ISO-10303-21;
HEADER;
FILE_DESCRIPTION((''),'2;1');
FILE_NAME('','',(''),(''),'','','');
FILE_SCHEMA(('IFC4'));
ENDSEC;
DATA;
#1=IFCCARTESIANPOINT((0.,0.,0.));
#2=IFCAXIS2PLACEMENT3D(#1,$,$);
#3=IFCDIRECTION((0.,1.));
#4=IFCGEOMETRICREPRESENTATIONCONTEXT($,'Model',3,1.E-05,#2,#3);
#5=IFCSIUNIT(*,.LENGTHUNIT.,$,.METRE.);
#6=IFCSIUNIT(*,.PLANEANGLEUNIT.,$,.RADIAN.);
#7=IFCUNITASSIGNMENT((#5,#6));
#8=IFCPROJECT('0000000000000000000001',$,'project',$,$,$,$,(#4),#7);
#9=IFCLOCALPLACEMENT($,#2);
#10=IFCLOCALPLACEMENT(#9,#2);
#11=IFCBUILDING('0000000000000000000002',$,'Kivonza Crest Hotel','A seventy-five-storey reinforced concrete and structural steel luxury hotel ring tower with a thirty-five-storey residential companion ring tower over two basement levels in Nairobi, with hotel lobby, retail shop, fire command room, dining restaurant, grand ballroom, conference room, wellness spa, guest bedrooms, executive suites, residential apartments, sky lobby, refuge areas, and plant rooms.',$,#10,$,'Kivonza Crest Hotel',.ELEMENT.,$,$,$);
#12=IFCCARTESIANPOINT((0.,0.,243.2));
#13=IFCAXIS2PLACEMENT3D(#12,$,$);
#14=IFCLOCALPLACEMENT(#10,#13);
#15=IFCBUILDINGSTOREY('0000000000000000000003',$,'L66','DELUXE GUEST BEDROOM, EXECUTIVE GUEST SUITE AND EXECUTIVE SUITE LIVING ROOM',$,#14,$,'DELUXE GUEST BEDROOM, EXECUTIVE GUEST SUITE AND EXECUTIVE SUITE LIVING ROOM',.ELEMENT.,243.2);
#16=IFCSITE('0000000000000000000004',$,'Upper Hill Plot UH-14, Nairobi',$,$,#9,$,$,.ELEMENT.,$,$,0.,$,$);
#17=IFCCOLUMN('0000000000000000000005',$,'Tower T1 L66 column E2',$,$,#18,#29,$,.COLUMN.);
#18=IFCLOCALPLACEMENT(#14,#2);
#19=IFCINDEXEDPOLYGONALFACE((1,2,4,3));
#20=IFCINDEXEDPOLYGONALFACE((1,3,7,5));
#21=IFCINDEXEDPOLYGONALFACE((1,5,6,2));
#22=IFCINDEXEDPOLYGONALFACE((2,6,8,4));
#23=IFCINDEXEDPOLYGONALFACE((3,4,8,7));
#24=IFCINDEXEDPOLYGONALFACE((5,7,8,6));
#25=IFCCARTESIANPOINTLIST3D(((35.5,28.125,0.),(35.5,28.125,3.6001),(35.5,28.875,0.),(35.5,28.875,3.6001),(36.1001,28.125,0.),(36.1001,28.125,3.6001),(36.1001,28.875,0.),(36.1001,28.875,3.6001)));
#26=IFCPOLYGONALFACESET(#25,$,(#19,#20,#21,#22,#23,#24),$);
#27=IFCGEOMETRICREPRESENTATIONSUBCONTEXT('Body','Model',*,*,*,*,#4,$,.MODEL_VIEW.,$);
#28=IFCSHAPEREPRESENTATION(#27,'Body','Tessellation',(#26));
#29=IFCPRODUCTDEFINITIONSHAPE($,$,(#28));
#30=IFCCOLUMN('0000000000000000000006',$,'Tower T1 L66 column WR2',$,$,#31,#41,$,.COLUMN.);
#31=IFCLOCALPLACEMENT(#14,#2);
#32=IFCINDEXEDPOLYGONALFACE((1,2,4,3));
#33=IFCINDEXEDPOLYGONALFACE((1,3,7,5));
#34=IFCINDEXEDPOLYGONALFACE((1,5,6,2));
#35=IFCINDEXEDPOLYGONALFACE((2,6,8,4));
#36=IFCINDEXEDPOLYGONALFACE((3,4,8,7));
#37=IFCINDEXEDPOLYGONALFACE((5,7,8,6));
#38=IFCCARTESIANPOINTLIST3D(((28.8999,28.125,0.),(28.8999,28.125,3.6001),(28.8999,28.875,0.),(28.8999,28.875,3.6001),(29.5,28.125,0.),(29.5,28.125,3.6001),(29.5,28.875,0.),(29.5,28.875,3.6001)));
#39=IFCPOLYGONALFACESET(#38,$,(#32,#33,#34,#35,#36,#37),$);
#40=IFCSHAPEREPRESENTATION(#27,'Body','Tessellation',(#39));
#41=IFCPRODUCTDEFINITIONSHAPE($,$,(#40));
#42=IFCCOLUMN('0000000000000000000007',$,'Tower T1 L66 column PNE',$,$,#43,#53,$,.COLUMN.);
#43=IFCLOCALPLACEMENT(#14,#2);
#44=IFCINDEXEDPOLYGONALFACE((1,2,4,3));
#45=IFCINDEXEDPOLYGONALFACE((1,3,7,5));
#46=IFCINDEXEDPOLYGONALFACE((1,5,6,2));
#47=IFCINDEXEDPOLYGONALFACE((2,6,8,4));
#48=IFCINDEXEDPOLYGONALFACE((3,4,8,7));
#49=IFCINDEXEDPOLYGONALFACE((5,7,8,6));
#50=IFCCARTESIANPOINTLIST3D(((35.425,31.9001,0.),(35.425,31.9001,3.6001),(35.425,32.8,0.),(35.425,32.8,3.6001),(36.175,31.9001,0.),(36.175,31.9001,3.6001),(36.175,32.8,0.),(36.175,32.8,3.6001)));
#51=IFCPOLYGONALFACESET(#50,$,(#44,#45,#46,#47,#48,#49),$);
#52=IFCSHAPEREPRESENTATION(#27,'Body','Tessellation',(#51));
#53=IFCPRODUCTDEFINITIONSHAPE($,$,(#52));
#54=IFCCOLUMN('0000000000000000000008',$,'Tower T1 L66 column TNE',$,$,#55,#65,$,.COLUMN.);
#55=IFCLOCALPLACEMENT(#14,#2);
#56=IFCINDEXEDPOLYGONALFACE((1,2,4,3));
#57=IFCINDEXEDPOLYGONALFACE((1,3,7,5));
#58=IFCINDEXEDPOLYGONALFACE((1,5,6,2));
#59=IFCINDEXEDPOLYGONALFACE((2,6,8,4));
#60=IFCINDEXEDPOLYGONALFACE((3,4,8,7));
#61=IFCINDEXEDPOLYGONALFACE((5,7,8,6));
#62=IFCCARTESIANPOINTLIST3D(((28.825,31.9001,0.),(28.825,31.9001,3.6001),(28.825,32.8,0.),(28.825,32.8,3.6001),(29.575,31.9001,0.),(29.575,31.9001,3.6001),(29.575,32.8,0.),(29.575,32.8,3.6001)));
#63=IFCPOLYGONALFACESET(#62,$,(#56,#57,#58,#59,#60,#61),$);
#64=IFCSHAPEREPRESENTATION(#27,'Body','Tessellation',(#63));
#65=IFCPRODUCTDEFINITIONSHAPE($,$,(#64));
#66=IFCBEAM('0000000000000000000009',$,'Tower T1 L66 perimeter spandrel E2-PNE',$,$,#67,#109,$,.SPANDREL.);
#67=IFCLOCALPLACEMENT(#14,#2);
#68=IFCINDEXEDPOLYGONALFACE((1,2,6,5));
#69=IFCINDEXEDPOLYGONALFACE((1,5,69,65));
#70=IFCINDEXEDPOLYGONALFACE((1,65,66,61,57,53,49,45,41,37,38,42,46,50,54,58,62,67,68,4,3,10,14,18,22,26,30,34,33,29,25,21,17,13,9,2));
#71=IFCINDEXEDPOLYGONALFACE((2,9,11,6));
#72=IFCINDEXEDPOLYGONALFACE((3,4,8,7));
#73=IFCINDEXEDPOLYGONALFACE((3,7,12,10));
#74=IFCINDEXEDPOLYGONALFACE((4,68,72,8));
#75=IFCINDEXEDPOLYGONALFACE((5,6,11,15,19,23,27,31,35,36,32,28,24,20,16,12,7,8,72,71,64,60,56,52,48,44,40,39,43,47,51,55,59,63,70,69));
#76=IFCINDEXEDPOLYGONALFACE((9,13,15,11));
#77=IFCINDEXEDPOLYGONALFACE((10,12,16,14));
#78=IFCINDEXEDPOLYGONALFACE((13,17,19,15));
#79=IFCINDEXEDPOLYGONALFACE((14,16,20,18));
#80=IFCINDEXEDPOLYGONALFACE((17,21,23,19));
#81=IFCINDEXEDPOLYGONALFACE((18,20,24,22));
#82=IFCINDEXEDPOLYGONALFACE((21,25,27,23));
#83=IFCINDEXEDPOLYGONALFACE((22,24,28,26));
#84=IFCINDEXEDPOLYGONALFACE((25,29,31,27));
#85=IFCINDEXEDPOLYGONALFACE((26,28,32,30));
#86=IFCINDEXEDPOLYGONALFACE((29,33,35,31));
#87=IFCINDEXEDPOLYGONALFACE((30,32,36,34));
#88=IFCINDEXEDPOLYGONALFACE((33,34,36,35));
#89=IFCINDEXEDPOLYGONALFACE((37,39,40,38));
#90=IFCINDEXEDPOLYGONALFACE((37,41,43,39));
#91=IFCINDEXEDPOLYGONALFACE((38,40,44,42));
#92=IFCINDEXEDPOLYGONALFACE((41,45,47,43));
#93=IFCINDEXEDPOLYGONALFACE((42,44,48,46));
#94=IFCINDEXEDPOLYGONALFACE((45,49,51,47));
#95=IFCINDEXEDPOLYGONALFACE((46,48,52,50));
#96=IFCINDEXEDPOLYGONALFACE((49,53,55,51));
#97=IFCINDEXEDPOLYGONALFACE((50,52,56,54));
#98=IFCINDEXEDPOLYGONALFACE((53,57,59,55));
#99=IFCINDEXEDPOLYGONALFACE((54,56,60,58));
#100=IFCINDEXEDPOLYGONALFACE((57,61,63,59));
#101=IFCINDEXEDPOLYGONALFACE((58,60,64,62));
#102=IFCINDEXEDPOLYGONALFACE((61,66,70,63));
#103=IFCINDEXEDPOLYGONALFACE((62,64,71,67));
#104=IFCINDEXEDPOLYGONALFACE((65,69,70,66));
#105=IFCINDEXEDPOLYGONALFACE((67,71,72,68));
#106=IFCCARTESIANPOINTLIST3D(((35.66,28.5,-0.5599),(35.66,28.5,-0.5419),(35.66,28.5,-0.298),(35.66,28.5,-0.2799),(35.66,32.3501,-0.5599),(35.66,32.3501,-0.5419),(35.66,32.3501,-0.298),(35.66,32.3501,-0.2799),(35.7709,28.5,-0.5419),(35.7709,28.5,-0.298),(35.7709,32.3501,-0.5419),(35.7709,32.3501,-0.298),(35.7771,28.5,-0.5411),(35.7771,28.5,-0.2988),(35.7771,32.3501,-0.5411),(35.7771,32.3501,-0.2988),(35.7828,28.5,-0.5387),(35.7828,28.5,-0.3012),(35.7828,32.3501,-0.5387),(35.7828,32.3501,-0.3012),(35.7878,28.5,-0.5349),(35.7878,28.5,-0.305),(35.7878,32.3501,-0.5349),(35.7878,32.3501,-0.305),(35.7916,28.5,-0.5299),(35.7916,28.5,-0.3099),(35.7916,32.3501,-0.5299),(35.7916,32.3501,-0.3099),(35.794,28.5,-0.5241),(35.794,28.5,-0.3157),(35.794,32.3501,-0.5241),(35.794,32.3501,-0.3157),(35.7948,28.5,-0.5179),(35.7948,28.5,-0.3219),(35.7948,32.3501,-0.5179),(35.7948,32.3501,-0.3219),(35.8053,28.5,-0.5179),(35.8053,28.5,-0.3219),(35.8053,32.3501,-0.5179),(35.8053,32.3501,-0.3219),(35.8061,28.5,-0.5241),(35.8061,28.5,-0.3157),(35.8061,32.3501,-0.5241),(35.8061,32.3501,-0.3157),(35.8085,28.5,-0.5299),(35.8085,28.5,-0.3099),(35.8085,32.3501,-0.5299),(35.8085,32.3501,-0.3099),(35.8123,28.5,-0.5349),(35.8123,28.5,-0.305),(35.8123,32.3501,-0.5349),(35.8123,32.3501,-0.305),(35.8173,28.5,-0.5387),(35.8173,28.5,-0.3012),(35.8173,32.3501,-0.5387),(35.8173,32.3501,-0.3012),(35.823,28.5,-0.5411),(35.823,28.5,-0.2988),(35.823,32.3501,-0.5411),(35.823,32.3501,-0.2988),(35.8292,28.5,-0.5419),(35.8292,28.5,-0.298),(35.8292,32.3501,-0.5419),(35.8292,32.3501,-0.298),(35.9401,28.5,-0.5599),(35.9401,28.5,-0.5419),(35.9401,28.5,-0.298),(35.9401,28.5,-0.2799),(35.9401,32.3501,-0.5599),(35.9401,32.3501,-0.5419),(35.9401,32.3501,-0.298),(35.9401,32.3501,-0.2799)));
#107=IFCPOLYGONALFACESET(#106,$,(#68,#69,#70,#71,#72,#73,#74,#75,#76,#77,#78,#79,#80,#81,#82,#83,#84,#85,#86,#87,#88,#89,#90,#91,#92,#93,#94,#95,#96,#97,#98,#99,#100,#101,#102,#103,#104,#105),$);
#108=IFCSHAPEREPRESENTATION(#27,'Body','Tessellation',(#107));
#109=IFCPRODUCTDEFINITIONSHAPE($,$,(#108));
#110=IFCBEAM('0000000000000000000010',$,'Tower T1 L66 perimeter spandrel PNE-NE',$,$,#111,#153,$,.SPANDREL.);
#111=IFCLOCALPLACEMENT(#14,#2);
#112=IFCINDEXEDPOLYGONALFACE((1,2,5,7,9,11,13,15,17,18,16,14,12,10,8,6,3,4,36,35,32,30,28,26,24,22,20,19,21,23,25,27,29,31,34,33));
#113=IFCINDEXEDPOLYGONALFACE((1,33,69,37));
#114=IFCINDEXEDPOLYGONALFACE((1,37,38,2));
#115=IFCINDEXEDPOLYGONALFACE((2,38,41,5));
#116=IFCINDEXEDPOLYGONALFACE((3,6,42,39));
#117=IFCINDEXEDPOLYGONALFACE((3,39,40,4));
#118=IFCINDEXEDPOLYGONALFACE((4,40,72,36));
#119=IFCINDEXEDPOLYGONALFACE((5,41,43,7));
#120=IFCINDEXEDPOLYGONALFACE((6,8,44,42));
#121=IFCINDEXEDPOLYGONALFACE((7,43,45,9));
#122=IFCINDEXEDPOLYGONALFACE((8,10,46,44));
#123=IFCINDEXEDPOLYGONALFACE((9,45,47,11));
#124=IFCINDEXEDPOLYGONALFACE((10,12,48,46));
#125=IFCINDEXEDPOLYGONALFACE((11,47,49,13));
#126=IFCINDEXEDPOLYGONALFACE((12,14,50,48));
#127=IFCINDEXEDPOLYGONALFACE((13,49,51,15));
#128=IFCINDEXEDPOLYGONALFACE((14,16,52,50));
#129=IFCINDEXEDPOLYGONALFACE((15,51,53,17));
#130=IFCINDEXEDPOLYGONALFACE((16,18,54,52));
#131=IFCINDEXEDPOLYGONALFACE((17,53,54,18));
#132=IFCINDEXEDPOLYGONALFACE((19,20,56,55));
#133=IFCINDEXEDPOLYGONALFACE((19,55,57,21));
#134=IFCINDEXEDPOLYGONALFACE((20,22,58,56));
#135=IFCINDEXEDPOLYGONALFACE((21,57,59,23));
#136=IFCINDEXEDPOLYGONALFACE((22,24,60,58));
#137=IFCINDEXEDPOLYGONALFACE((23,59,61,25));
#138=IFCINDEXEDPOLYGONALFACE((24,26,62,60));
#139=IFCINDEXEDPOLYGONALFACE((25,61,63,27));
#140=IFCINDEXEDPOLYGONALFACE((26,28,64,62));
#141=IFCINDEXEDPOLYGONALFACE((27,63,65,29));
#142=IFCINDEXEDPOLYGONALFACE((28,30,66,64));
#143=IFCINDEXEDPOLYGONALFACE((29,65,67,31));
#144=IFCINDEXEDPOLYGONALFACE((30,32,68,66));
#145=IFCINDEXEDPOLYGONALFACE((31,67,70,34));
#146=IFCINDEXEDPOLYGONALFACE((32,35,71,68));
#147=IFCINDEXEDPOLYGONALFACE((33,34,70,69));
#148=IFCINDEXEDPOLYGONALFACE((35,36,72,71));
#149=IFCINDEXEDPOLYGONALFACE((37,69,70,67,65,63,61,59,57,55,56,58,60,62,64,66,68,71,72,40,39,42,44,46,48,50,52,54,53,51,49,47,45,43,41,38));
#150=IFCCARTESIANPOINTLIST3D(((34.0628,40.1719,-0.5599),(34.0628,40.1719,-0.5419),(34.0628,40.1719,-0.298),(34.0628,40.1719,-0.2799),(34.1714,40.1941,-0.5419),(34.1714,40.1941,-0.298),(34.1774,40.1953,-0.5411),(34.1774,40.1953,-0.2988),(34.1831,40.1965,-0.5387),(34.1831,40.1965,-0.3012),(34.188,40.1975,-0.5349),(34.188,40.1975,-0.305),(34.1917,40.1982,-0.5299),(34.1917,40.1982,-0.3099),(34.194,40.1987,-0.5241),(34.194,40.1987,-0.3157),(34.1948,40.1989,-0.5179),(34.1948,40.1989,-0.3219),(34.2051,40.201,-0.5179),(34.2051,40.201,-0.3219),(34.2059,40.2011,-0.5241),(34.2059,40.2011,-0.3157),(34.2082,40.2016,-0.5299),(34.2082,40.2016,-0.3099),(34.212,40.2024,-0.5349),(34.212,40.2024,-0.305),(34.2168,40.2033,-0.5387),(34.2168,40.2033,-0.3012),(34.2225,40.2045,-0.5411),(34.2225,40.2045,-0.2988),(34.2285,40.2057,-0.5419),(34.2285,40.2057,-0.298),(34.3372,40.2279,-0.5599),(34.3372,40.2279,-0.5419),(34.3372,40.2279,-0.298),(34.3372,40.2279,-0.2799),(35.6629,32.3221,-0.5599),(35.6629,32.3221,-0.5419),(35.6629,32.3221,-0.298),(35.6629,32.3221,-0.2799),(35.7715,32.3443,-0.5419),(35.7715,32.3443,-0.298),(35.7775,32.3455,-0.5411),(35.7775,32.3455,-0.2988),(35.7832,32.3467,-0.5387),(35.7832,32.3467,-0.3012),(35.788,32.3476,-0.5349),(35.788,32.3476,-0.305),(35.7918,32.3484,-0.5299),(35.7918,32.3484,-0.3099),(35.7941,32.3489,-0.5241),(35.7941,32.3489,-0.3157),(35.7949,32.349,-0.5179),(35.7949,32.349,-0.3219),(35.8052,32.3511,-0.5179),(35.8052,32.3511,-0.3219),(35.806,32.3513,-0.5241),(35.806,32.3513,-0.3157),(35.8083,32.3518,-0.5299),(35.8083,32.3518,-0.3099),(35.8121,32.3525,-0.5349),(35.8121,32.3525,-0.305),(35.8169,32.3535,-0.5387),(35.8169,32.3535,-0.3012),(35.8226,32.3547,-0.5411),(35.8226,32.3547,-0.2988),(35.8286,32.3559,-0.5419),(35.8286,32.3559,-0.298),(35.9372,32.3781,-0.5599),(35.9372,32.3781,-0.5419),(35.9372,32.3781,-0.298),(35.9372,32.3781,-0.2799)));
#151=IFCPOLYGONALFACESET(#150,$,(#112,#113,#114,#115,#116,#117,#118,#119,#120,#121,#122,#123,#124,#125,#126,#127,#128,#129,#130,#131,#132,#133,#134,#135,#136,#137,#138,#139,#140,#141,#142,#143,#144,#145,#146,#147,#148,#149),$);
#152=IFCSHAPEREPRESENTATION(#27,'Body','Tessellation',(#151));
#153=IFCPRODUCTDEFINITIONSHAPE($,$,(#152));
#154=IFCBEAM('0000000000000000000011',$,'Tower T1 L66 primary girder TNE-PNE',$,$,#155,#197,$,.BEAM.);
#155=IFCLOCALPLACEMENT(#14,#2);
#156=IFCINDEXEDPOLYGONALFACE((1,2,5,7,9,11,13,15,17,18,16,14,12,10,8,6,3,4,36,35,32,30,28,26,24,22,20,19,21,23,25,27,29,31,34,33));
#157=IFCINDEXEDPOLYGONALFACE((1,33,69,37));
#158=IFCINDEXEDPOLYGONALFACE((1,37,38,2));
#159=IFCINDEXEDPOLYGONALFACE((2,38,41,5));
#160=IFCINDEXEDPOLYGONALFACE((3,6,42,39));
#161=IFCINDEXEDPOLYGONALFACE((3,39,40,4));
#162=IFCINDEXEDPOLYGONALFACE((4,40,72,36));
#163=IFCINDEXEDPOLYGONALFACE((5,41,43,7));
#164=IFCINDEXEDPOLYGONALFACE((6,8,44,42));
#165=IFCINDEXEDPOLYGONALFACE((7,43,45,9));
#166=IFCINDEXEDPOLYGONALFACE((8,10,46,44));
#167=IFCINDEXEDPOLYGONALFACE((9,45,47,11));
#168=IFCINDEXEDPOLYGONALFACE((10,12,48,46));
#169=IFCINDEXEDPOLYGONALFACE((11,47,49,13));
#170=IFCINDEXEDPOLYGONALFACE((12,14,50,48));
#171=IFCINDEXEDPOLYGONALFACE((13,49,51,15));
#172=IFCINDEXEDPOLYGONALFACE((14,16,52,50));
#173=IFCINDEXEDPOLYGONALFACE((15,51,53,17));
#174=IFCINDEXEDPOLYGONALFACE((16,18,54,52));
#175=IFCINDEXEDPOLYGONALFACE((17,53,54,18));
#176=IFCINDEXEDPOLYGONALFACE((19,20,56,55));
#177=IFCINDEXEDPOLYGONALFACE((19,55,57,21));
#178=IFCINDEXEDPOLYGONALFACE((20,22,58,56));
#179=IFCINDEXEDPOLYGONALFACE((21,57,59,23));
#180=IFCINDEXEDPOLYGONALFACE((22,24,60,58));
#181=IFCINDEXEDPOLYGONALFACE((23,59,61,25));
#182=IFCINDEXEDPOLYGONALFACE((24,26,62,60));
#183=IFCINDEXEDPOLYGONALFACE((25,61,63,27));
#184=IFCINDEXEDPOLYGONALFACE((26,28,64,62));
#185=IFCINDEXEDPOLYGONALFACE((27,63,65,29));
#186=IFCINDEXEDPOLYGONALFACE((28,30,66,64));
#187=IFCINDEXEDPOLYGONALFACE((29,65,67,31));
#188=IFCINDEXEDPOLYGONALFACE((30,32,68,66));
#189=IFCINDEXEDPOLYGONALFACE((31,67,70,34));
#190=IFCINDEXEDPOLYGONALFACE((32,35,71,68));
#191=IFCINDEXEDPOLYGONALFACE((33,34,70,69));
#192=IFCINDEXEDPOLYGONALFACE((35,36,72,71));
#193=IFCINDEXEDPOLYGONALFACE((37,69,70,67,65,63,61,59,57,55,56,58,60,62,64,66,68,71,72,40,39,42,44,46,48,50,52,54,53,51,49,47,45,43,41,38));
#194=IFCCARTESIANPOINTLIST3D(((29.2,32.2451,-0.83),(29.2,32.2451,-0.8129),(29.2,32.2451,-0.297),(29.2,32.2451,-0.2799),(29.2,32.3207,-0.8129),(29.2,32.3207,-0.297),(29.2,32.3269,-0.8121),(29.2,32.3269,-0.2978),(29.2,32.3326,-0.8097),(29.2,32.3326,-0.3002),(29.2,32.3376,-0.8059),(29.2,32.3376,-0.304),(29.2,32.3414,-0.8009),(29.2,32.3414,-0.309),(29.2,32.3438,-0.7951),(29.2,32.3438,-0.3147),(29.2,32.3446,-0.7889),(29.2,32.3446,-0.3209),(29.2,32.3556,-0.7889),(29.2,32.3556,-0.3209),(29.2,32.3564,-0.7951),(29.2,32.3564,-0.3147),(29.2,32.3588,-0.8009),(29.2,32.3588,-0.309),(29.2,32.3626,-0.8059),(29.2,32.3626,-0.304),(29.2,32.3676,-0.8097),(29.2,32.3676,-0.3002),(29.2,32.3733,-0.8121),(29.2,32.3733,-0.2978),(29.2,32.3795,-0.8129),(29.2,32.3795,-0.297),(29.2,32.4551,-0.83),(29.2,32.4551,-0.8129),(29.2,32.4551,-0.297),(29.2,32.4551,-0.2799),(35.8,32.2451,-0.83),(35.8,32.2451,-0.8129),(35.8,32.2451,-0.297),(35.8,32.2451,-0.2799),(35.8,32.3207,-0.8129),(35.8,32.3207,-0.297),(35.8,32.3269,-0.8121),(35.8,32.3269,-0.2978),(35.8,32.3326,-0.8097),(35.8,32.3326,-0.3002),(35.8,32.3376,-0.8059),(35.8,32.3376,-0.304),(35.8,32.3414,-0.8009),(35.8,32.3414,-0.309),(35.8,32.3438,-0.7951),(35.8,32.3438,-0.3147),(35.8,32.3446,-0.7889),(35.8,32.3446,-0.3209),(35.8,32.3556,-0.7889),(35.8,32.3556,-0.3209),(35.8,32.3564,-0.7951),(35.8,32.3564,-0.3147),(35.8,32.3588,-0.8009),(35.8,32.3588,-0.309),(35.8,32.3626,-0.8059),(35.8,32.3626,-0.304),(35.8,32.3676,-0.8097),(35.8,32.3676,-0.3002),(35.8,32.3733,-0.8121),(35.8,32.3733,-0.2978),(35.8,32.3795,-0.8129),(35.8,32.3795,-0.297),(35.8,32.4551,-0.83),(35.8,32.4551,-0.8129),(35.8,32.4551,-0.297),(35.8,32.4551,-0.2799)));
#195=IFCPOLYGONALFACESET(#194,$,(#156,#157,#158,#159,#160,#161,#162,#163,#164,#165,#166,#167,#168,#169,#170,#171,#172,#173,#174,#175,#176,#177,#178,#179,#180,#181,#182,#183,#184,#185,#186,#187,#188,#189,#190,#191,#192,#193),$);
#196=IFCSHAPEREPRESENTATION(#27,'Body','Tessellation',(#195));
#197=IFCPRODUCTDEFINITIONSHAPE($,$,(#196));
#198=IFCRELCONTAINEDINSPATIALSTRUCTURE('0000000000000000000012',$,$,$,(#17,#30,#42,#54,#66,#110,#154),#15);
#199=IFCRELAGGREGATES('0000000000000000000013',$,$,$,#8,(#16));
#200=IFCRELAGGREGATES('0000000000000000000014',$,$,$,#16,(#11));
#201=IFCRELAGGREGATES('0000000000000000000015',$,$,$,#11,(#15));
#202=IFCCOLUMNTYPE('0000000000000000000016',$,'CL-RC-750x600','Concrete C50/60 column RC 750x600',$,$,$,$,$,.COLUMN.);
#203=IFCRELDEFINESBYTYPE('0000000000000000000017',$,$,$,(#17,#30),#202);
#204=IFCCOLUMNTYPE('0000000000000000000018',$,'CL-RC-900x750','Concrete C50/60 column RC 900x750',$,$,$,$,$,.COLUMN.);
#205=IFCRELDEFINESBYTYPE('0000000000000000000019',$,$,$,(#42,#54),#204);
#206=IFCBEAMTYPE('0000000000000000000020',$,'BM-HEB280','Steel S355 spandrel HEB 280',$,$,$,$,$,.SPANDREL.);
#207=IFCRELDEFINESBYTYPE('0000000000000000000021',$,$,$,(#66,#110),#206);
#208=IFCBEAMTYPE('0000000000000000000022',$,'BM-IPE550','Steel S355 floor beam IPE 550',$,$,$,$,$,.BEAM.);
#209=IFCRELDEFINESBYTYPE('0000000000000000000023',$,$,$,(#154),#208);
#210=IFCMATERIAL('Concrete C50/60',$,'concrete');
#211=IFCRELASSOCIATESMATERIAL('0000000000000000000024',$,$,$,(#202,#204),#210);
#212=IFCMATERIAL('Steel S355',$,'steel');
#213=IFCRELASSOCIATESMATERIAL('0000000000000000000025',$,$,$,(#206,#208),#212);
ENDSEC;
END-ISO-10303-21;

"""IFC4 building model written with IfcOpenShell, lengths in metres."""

from ifc_helpers import new_model, si_unit, direction, frame, origin, origin_2d, place, context, subcontext, project, spatial, rectangle, i_section, extrude, material, material_profile, profile_set, type_object, element, save


model = new_model("IFC4")

# Units and contexts
model_context = context("Model", 3, precision=1e-05, world=origin(), true_north=direction((0.0, 1.0)))
body_context = subcontext(model_context, "Body", "Model", "MODEL_VIEW")
ifc_project = project(units=[si_unit("LENGTHUNIT", "METRE"), si_unit("PLANEANGLEUNIT", "RADIAN")], contexts=[model_context])

# Site, building, storey
site_placement = place(None, origin())
site = spatial("IfcSite", under=ifc_project, at=site_placement, Name="Upper Hill Plot UH-14, Nairobi", CompositionType="ELEMENT", RefElevation=0.0)
building_placement = place(site_placement, origin())
building = spatial("IfcBuilding", under=site, at=building_placement, Name="Kivonza Crest Hotel", Description="A seventy-five-storey reinforced concrete and structural steel luxury hotel ring tower with a thirty-five-storey residential companion ring tower over two basement levels in Nairobi, with hotel lobby, retail shop, fire command room, dining restaurant, grand ballroom, conference room, wellness spa, guest bedrooms, executive suites, residential apartments, sky lobby, refuge areas, and plant rooms.", LongName="Kivonza Crest Hotel", CompositionType="ELEMENT")
storey_placement = place(building_placement, frame((0.0, 0.0, 243.2)))
storey = spatial("IfcBuildingStorey", under=building, at=storey_placement, Name="L66", Description="DELUXE GUEST BEDROOM, EXECUTIVE GUEST SUITE AND EXECUTIVE SUITE LIVING ROOM", LongName="DELUXE GUEST BEDROOM, EXECUTIVE GUEST SUITE AND EXECUTIVE SUITE LIVING ROOM", CompositionType="ELEMENT", Elevation=243.2)

# Columns
ifc_material_1 = material(Name="Concrete C50/60", Category="concrete")
ifc_material_profile_1 = material_profile(ifc_material_1, rectangle(XDim=0.6001, YDim=0.75, at=origin_2d()), Name="RC 750x600")
ifc_profile_set_1 = profile_set([ifc_material_profile_1], Name="Concrete C50/60")
column_type_1 = type_object("IfcColumnType", Name="CL-RC-750x600", Description="Concrete C50/60 column RC 750x600", PredefinedType="COLUMN", material=ifc_profile_set_1)
for number, where, z_axis, x_axis, name in (
    (1, (35.8, 28.5, 0.0), (0.0, 0.0, 1.0), (1.0, 0.0, 0.0), "Tower T1 L66 column E2"),
    (2, (29.2, 28.5, 0.0), (0.0, 0.0, 1.0), (1.0, 0.0, 0.0), "Tower T1 L66 column WR2"),
):
    element("IfcColumn", number, at=place(storey_placement, frame(where, z_axis=z_axis, x_axis=x_axis)), inside=storey, type_object=column_type_1, Name=name, PredefinedType="COLUMN", context=body_context, shape_type="SweptSolid", body=[
        extrude(rectangle(XDim=0.6001, YDim=0.75, at=origin_2d()), origin(), (0.0, 0.0, 1.0), 3.6001),
    ])
ifc_material_profile_2 = material_profile(ifc_material_1, rectangle(XDim=0.75, YDim=0.8999, at=origin_2d()), Name="RC 900x750")
ifc_profile_set_2 = profile_set([ifc_material_profile_2], Name="Concrete C50/60")
column_type_2 = type_object("IfcColumnType", Name="CL-RC-900x750", Description="Concrete C50/60 column RC 900x750", PredefinedType="COLUMN", material=ifc_profile_set_2)
for number, where, z_axis, x_axis, name in (
    (3, (35.8, 32.3501, 0.0), (0.0, 0.0, 1.0), (1.0, 0.0, 0.0), "Tower T1 L66 column PNE"),
    (4, (29.2, 32.3501, 0.0), (0.0, 0.0, 1.0), (1.0, 0.0, 0.0), "Tower T1 L66 column TNE"),
):
    element("IfcColumn", number, at=place(storey_placement, frame(where, z_axis=z_axis, x_axis=x_axis)), inside=storey, type_object=column_type_2, Name=name, PredefinedType="COLUMN", context=body_context, shape_type="SweptSolid", body=[
        extrude(rectangle(XDim=0.75, YDim=0.8999, at=origin_2d()), origin(), (0.0, 0.0, 1.0), 3.6001),
    ])

# Beams
ifc_material_2 = material(Name="Steel S355", Category="steel")
ifc_material_profile_3 = material_profile(ifc_material_2, i_section(OverallWidth=0.28, OverallDepth=0.28, WebThickness=0.0105, FlangeThickness=0.0181, FilletRadius=0.0239, at=origin_2d()), Name="HEB 280")
ifc_profile_set_3 = profile_set([ifc_material_profile_3], Name="Steel S355")
beam_type_1 = type_object("IfcBeamType", Name="BM-HEB280", Description="Steel S355 spandrel HEB 280", PredefinedType="SPANDREL", material=ifc_profile_set_3)
beam_1_placement = place(storey_placement, frame((35.8, 28.5, -0.4199), z_axis=(0.0, 1.0, 0.0), x_axis=(-1.0, 0.0, 0.0)))
element("IfcBeam", 5, at=beam_1_placement, inside=storey, type_object=beam_type_1, Name="Tower T1 L66 perimeter spandrel E2-PNE", PredefinedType="SPANDREL", context=body_context, shape_type="SweptSolid", body=[
    extrude(i_section(OverallWidth=0.28, OverallDepth=0.28, WebThickness=0.0105, FlangeThickness=0.0181, FilletRadius=0.0239, at=origin_2d()), origin(), (0.0, 0.0, 1.0), 3.8501),
])
beam_2_placement = place(storey_placement, frame((35.8, 32.3501, -0.4199), z_axis=(-0.199731, 0.979851, 0.0), x_axis=(-0.979851, -0.199731, 0.0)))
element("IfcBeam", 6, at=beam_2_placement, inside=storey, type_object=beam_type_1, Name="Tower T1 L66 perimeter spandrel PNE-NE", PredefinedType="SPANDREL", context=body_context, shape_type="SweptSolid", body=[
    extrude(i_section(OverallWidth=0.28, OverallDepth=0.28, WebThickness=0.0105, FlangeThickness=0.0181, FilletRadius=0.0239, at=origin_2d()), origin(), (0.0, 0.0, 1.0), 8.0112),
])
ifc_material_profile_4 = material_profile(ifc_material_2, i_section(OverallWidth=0.21, OverallDepth=0.55, WebThickness=0.011, FlangeThickness=0.0171, FilletRadius=0.0239, at=origin_2d()), Name="IPE 550")
ifc_profile_set_4 = profile_set([ifc_material_profile_4], Name="Steel S355")
beam_type_2 = type_object("IfcBeamType", Name="BM-IPE550", Description="Steel S355 floor beam IPE 550", PredefinedType="BEAM", material=ifc_profile_set_4)
beam_3_placement = place(storey_placement, frame((29.2, 32.3501, -0.5549), z_axis=(1.0, 0.0, 0.0), x_axis=(0.0, 1.0, 0.0)))
element("IfcBeam", 7, at=beam_3_placement, inside=storey, type_object=beam_type_2, Name="Tower T1 L66 primary girder TNE-PNE", PredefinedType="BEAM", context=body_context, shape_type="SweptSolid", body=[
    extrude(i_section(OverallWidth=0.21, OverallDepth=0.55, WebThickness=0.011, FlangeThickness=0.0171, FilletRadius=0.0239, at=origin_2d()), origin(), (0.0, 0.0, 1.0), 6.6001),
])

save(model, "model.ifc")
